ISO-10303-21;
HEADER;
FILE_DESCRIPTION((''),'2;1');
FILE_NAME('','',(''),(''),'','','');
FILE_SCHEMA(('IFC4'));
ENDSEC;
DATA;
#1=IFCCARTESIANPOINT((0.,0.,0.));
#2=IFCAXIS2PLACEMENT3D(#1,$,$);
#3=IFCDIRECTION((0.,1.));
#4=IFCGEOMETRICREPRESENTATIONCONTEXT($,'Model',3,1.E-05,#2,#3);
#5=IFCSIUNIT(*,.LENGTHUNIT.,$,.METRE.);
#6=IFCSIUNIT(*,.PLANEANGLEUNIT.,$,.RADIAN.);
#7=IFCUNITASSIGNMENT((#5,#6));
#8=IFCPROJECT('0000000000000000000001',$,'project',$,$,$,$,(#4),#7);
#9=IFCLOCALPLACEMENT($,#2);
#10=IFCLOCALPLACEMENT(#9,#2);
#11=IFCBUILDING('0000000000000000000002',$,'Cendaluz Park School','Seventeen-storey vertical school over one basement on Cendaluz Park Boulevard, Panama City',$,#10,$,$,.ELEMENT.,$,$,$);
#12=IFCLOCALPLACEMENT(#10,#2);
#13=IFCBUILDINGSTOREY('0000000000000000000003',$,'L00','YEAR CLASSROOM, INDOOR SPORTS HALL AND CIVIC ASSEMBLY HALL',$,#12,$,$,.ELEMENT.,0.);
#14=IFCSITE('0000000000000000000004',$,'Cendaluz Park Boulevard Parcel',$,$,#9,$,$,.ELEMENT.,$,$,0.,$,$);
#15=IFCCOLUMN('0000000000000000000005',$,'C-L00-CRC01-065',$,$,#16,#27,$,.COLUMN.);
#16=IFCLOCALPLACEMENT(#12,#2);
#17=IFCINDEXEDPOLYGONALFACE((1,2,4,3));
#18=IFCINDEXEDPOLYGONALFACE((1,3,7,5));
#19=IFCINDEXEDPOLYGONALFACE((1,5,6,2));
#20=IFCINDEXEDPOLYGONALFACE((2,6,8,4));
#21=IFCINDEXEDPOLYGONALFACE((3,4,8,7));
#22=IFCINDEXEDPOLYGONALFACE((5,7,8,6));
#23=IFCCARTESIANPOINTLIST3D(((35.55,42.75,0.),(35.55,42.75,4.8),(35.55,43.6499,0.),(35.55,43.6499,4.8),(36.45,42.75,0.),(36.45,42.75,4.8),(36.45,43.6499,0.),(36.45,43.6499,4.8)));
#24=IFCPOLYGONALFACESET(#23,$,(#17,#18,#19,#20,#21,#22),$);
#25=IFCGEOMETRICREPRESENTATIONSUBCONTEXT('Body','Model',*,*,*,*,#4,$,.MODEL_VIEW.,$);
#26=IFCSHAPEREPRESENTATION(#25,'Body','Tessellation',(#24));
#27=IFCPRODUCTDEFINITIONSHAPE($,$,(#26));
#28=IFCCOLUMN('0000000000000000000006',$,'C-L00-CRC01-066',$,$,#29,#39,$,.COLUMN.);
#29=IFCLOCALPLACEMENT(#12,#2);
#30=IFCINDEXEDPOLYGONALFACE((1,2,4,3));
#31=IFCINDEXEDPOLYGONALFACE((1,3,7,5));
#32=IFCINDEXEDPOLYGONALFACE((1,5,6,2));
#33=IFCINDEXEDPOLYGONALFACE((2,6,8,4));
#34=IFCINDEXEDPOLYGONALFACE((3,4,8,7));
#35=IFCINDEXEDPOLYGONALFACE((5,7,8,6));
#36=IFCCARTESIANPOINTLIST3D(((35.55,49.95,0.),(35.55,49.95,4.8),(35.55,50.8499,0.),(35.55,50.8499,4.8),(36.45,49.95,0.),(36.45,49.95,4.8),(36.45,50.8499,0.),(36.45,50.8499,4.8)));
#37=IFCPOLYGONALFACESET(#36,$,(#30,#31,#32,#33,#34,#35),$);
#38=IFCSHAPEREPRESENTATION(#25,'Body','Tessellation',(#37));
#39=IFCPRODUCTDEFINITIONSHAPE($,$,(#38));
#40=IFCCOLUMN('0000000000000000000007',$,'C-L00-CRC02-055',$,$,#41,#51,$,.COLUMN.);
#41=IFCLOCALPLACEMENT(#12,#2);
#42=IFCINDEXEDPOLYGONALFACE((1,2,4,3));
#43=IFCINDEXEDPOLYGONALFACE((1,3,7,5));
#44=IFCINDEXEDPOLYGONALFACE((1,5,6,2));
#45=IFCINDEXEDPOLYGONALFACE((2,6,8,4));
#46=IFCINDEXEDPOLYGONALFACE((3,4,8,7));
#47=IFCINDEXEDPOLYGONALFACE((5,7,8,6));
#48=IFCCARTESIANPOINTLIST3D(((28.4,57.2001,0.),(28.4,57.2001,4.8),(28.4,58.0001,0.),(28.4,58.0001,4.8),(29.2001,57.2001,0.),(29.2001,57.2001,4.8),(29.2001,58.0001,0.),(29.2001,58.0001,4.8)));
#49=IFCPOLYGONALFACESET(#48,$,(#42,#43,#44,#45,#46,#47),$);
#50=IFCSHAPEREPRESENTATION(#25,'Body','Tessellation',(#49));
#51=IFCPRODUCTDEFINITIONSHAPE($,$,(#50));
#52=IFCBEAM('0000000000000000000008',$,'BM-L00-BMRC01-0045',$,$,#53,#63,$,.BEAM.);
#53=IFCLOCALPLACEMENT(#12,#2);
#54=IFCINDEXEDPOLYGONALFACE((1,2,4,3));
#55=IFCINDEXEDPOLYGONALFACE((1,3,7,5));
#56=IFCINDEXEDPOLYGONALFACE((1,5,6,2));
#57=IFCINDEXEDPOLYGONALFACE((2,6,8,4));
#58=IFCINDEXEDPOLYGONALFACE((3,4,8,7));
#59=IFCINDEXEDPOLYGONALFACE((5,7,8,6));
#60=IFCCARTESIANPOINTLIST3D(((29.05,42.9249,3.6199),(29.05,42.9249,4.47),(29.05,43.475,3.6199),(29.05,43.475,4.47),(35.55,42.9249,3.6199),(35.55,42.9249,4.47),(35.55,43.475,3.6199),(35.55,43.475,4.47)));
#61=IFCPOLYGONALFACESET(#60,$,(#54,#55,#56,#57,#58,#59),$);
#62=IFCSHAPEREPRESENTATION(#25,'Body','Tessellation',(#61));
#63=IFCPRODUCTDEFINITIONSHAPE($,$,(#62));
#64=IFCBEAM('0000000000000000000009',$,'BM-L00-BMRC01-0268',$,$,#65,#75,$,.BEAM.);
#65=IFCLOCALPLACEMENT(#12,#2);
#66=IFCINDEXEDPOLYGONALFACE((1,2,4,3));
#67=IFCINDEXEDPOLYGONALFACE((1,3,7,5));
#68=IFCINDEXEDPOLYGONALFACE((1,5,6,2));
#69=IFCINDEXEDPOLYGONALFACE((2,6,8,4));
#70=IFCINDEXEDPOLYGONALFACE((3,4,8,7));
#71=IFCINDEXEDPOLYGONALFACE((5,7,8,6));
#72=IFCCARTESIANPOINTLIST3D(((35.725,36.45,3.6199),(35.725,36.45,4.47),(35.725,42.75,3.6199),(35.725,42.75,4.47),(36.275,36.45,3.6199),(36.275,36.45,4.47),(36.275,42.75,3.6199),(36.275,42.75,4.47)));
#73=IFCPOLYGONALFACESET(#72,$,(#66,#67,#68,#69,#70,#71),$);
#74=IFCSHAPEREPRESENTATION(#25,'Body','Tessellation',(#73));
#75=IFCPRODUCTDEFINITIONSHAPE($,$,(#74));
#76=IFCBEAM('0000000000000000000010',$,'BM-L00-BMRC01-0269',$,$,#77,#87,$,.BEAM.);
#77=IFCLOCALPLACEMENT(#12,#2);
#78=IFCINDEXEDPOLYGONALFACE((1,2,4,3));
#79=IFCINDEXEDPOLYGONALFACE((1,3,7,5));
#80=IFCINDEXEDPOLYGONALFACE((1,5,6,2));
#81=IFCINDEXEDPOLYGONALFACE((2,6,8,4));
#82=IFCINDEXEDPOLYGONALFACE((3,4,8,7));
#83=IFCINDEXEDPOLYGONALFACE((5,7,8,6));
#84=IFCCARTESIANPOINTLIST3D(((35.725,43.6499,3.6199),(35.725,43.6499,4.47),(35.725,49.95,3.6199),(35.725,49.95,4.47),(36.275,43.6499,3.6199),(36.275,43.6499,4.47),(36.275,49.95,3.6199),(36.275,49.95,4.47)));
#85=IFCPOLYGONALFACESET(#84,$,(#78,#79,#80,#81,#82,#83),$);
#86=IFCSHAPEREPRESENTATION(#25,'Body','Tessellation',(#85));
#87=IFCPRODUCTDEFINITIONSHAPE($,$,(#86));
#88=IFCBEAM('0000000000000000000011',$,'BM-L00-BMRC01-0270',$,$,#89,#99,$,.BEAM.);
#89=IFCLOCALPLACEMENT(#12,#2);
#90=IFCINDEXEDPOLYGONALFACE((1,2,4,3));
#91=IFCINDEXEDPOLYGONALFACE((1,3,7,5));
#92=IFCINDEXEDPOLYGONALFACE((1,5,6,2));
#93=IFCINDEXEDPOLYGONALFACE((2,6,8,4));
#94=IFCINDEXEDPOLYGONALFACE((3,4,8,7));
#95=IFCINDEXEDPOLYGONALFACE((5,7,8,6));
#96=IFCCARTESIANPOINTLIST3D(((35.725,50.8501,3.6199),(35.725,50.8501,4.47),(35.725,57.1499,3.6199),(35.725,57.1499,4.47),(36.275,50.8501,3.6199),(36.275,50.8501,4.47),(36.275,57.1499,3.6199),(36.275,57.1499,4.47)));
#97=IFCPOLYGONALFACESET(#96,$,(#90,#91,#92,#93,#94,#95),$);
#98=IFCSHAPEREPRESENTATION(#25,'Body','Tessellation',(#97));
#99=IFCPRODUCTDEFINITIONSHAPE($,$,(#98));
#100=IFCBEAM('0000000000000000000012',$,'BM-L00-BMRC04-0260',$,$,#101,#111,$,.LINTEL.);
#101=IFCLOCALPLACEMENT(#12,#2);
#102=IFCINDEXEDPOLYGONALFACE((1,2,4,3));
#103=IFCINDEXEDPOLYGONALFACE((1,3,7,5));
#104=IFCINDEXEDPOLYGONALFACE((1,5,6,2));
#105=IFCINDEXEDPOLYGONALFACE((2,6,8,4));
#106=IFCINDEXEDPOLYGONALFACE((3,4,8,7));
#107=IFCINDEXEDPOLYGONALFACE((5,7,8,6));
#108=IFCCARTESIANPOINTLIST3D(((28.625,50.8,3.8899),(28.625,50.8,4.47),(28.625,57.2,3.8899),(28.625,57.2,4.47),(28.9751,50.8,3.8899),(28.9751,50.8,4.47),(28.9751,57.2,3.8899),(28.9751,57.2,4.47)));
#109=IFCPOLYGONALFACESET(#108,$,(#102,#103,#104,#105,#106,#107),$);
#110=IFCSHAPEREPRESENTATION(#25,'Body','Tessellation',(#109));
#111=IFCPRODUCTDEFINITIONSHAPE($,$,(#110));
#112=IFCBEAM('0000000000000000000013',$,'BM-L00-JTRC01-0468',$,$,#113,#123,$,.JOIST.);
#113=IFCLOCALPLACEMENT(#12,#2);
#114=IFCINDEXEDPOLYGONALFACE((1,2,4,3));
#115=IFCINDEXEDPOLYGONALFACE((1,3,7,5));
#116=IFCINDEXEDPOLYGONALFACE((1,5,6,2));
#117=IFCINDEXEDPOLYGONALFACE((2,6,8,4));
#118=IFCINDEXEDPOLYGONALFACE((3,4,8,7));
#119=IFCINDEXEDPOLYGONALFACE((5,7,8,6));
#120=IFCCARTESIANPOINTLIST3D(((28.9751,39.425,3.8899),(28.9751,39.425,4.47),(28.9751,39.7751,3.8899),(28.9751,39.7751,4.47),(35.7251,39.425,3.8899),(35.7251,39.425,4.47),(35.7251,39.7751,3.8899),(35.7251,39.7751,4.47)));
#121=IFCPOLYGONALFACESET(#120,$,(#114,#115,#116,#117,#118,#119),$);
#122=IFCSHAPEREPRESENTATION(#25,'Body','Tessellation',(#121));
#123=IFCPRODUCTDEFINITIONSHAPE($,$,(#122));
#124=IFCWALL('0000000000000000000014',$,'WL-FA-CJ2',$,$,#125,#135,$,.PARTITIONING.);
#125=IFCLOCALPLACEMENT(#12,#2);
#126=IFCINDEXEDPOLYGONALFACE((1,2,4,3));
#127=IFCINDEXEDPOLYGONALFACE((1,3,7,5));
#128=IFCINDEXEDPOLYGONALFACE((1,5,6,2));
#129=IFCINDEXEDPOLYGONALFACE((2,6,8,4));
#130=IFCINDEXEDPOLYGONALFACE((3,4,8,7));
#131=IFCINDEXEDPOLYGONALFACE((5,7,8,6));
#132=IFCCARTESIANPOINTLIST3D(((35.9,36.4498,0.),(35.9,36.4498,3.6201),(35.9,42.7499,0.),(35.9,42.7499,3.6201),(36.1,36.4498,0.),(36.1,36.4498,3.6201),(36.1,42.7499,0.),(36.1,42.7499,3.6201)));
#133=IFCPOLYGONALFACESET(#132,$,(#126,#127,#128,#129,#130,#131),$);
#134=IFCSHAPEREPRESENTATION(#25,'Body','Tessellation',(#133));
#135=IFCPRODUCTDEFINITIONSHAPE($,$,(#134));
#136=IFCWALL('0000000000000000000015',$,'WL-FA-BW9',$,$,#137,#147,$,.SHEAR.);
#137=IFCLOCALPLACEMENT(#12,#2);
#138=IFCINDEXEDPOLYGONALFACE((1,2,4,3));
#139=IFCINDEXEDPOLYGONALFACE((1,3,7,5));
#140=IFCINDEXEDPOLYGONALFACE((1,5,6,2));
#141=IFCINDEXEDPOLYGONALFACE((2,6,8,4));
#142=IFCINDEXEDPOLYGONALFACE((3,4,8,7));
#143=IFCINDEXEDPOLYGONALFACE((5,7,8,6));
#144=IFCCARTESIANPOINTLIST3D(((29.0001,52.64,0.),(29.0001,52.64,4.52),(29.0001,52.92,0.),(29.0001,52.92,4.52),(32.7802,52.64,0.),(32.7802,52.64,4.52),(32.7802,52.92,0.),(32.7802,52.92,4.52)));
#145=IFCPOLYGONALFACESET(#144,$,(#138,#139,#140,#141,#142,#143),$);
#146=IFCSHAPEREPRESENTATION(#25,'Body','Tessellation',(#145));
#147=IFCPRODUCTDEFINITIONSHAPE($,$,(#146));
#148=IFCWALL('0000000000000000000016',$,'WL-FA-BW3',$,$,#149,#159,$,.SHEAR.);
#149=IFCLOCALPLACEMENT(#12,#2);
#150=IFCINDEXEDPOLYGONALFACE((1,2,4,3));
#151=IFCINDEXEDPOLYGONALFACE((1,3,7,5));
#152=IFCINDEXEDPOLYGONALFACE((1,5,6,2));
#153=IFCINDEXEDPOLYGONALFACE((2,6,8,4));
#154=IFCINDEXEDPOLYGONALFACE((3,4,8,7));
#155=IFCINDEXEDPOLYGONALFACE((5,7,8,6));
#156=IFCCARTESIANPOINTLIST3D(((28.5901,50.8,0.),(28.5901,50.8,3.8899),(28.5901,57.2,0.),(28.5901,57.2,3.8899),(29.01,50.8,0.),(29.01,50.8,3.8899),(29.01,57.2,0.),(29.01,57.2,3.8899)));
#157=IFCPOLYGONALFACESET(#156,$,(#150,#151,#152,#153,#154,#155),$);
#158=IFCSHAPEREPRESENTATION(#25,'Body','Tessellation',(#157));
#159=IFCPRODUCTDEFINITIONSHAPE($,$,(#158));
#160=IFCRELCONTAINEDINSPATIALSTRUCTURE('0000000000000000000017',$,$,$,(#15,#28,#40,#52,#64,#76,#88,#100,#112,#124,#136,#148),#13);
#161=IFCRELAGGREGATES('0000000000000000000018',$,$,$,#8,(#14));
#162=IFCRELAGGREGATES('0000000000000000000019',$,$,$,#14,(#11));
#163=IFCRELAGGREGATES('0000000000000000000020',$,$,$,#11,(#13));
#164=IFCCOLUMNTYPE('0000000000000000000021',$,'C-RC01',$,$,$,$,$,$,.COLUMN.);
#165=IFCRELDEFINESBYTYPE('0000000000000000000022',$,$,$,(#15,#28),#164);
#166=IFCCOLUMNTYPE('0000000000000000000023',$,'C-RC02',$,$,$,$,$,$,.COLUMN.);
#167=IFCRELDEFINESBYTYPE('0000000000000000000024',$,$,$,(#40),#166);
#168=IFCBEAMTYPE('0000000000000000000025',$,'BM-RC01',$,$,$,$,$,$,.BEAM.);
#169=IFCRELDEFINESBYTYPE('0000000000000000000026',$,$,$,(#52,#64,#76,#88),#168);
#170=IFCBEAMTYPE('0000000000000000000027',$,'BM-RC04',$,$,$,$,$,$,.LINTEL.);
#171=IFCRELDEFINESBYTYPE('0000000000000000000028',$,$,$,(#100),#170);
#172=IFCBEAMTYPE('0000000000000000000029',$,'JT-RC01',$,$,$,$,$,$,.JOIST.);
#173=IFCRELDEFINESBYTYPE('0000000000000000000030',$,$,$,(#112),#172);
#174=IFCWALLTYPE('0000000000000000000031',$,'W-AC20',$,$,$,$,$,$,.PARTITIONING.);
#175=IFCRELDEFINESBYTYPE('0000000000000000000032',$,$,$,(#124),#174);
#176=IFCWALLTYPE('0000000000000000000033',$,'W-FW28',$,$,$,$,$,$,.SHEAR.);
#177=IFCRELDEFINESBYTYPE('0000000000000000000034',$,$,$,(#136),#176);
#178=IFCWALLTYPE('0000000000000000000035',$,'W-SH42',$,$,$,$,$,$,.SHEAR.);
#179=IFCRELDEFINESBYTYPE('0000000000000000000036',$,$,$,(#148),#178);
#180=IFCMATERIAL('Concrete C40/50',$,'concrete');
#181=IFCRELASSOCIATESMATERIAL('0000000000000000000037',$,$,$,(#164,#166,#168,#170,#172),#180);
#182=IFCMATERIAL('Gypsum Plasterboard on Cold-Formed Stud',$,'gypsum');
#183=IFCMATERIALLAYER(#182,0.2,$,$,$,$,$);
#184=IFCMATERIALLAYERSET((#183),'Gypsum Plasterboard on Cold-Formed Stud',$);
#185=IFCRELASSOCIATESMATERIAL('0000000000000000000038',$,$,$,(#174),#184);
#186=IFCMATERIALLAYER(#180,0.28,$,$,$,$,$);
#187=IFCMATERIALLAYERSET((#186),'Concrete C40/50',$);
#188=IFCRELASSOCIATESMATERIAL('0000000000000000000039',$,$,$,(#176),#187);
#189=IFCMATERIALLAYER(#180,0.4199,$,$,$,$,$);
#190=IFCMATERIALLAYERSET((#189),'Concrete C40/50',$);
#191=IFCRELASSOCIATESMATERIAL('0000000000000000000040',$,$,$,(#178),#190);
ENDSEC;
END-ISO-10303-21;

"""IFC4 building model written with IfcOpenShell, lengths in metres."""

from ifc_helpers import new_model, si_unit, direction, frame, frame_2d, origin, origin_2d, place, context, subcontext, project, spatial, rectangle, extrude, material, layer, layer_set, material_profile, profile_set, type_object, element, save


model = new_model("IFC4")

# Units and contexts
model_context = context("Model", 3, precision=1e-05, world=origin(), true_north=direction((0.0, 1.0)))
body_context = subcontext(model_context, "Body", "Model", "MODEL_VIEW")
ifc_project = project(units=[si_unit("LENGTHUNIT", "METRE"), si_unit("PLANEANGLEUNIT", "RADIAN")], contexts=[model_context])

# Site, building, storey
site_placement = place(None, origin())
site = spatial("IfcSite", under=ifc_project, at=site_placement, Name="Cendaluz Park Boulevard Parcel", CompositionType="ELEMENT", RefElevation=0.0)
building_placement = place(site_placement, origin())
building = spatial("IfcBuilding", under=site, at=building_placement, Name="Cendaluz Park School", Description="Seventeen-storey vertical school over one basement on Cendaluz Park Boulevard, Panama City", CompositionType="ELEMENT")
storey_placement = place(building_placement, origin())
storey = spatial("IfcBuildingStorey", under=building, at=storey_placement, Name="L00", Description="YEAR CLASSROOM, INDOOR SPORTS HALL AND CIVIC ASSEMBLY HALL", CompositionType="ELEMENT", Elevation=0.0)

# Columns
ifc_material_1 = material(Name="Concrete C40/50", Category="concrete")
ifc_material_profile_1 = material_profile(ifc_material_1, rectangle(XDim=0.8999, YDim=0.8999, at=origin_2d()), Name="RC 900x900", Category="concrete")
ifc_profile_set_1 = profile_set([ifc_material_profile_1], Name="Concrete C40/50")
column_type_1 = type_object("IfcColumnType", Name="C-RC01", PredefinedType="COLUMN", material=ifc_profile_set_1)
for number, where, z_axis, x_axis, name in (
    (1, (36.0, 43.2, 0.0), (0.0, 0.0, 1.0), (1.0, 0.0, 0.0), "C-L00-CRC01-065"),
    (2, (36.0, 50.3999, 0.0), (0.0, 0.0, 1.0), (1.0, 0.0, 0.0), "C-L00-CRC01-066"),
):
    element("IfcColumn", number, at=place(storey_placement, frame(where, z_axis=z_axis, x_axis=x_axis)), inside=storey, type_object=column_type_1, Name=name, PredefinedType="COLUMN", context=body_context, shape_type="SweptSolid", body=[
        extrude(rectangle(XDim=0.8999, YDim=0.8999, at=origin_2d()), origin(), (0.0, 0.0, 1.0), 4.8),
    ])
ifc_material_profile_2 = material_profile(ifc_material_1, rectangle(XDim=0.8, YDim=0.8, at=origin_2d()), Name="RC 800x800", Category="concrete")
ifc_profile_set_2 = profile_set([ifc_material_profile_2], Name="Concrete C40/50")
column_type_2 = type_object("IfcColumnType", Name="C-RC02", PredefinedType="COLUMN", material=ifc_profile_set_2)
column_placement = place(storey_placement, frame((28.8, 57.6001, 0.0), z_axis=(0.0, 0.0, 1.0), x_axis=(1.0, 0.0, 0.0)))
element("IfcColumn", 3, at=column_placement, inside=storey, type_object=column_type_2, Name="C-L00-CRC02-055", PredefinedType="COLUMN", context=body_context, shape_type="SweptSolid", body=[
    extrude(rectangle(XDim=0.8, YDim=0.8, at=origin_2d()), origin(), (0.0, 0.0, 1.0), 4.8),
])

# Beams
ifc_material_profile_3 = material_profile(ifc_material_1, rectangle(XDim=0.55, YDim=0.8501, at=origin_2d()), Name="RC 550x850", Category="concrete")
ifc_profile_set_3 = profile_set([ifc_material_profile_3], Name="Concrete C40/50")
beam_type_1 = type_object("IfcBeamType", Name="BM-RC01", PredefinedType="BEAM", material=ifc_profile_set_3)
beam_1_placement = place(storey_placement, frame((29.05, 43.2, 4.0449), z_axis=(1.0, 0.0, 0.0), x_axis=(0.0, 1.0, 0.0)))
element("IfcBeam", 4, at=beam_1_placement, inside=storey, type_object=beam_type_1, Name="BM-L00-BMRC01-0045", PredefinedType="BEAM", context=body_context, shape_type="SweptSolid", body=[
    extrude(rectangle(XDim=0.55, YDim=0.8501, at=origin_2d()), origin(), (0.0, 0.0, 1.0), 6.5),
])
for number, where, z_axis, x_axis, name in (
    (5, (36.0, 36.45, 4.0449), (0.0, 1.0, 0.0), (-1.0, 0.0, 0.0), "BM-L00-BMRC01-0268"),
    (6, (36.0, 43.6499, 4.0449), (0.0, 1.0, 0.0), (-1.0, 0.0, 0.0), "BM-L00-BMRC01-0269"),
):
    element("IfcBeam", number, at=place(storey_placement, frame(where, z_axis=z_axis, x_axis=x_axis)), inside=storey, type_object=beam_type_1, Name=name, PredefinedType="BEAM", context=body_context, shape_type="SweptSolid", body=[
        extrude(rectangle(XDim=0.55, YDim=0.8501, at=origin_2d()), origin(), (0.0, 0.0, 1.0), 6.3),
    ])
beam_2_placement = place(storey_placement, frame((36.0, 50.8501, 4.0449), z_axis=(0.0, 1.0, 0.0), x_axis=(-1.0, 0.0, 0.0)))
element("IfcBeam", 7, at=beam_2_placement, inside=storey, type_object=beam_type_1, Name="BM-L00-BMRC01-0270", PredefinedType="BEAM", context=body_context, shape_type="SweptSolid", body=[
    extrude(rectangle(XDim=0.55, YDim=0.8501, at=origin_2d()), origin(), (0.0, 0.0, 1.0), 6.2998),
])
ifc_material_profile_4 = material_profile(ifc_material_1, rectangle(XDim=0.3501, YDim=0.5801, at=origin_2d()), Name="RC 350x580", Category="concrete")
ifc_profile_set_4 = profile_set([ifc_material_profile_4], Name="Concrete C40/50")
beam_type_2 = type_object("IfcBeamType", Name="BM-RC04", PredefinedType="LINTEL", material=ifc_profile_set_4)
beam_3_placement = place(storey_placement, frame((28.8, 50.8, 4.1799), z_axis=(0.0, 1.0, 0.0), x_axis=(-1.0, 0.0, 0.0)))
element("IfcBeam", 8, at=beam_3_placement, inside=storey, type_object=beam_type_2, Name="BM-L00-BMRC04-0260", PredefinedType="LINTEL", context=body_context, shape_type="SweptSolid", body=[
    extrude(rectangle(XDim=0.3501, YDim=0.5801, at=origin_2d()), origin(), (0.0, 0.0, 1.0), 6.3999),
])
ifc_material_profile_5 = material_profile(ifc_material_1, rectangle(XDim=0.3501, YDim=0.5801, at=origin_2d()), Name="RC 350x580", Category="concrete")
ifc_profile_set_5 = profile_set([ifc_material_profile_5], Name="Concrete C40/50")
beam_type_3 = type_object("IfcBeamType", Name="JT-RC01", PredefinedType="JOIST", material=ifc_profile_set_5)
beam_4_placement = place(storey_placement, frame((28.9751, 39.6001, 4.1799), z_axis=(1.0, 0.0, 0.0), x_axis=(0.0, 1.0, 0.0)))
element("IfcBeam", 9, at=beam_4_placement, inside=storey, type_object=beam_type_3, Name="BM-L00-JTRC01-0468", PredefinedType="JOIST", context=body_context, shape_type="SweptSolid", body=[
    extrude(rectangle(XDim=0.3501, YDim=0.5801, at=origin_2d()), origin(), (0.0, 0.0, 1.0), 6.75),
])

# Wall
ifc_material_2 = material(Name="Gypsum Plasterboard on Cold-Formed Stud", Category="gypsum")
ifc_layer_1 = layer(ifc_material_2, 0.2)
ifc_layer_set_1 = layer_set([ifc_layer_1], Name="Gypsum Plasterboard on Cold-Formed Stud")
wall_type_1 = type_object("IfcWallType", Name="W-AC20", PredefinedType="PARTITIONING", material=ifc_layer_set_1)
wall_1_placement = place(storey_placement, frame((36.0, 36.45, 0.0), z_axis=(0.0, 0.0, 1.0), x_axis=(0.0, 1.0, 0.0)))
element("IfcWall", 10, at=wall_1_placement, inside=storey, type_object=wall_type_1, Name="WL-FA-CJ2", PredefinedType="PARTITIONING", context=body_context, shape_type="SweptSolid", body=[
    extrude(rectangle(XDim=6.3, YDim=0.2, at=frame_2d((3.1499, 0.0))), origin(), (0.0, 0.0, 1.0), 3.6201),
])

# Shared definitions
ifc_layer_2 = layer(ifc_material_1, 0.28)
ifc_layer_set_2 = layer_set([ifc_layer_2], Name="Concrete C40/50")
wall_type_2 = type_object("IfcWallType", Name="W-FW28", PredefinedType="SHEAR", material=ifc_layer_set_2)

# Wall
wall_2_placement = place(storey_placement, frame((29.0, 52.78, 0.0), z_axis=(0.0, 0.0, 1.0), x_axis=(1.0, 0.0, 0.0)))
element("IfcWall", 11, at=wall_2_placement, inside=storey, type_object=wall_type_2, Name="WL-FA-BW9", PredefinedType="SHEAR", context=body_context, shape_type="SweptSolid", body=[
    extrude(rectangle(XDim=3.78, YDim=0.28, at=frame_2d((1.8901, 0.0))), origin(), (0.0, 0.0, 1.0), 4.52),
])

# Wall
ifc_layer_3 = layer(ifc_material_1, 0.4199)
ifc_layer_set_3 = layer_set([ifc_layer_3], Name="Concrete C40/50")
wall_type_3 = type_object("IfcWallType", Name="W-SH42", PredefinedType="SHEAR", material=ifc_layer_set_3)
wall_3_placement = place(storey_placement, frame((28.8, 50.8, 0.0), z_axis=(0.0, 0.0, 1.0), x_axis=(0.0, 1.0, 0.0)))
element("IfcWall", 12, at=wall_3_placement, inside=storey, type_object=wall_type_3, Name="WL-FA-BW3", PredefinedType="SHEAR", context=body_context, shape_type="SweptSolid", body=[
    extrude(rectangle(XDim=6.3999, YDim=0.4199, at=frame_2d((3.2, 0.0))), origin(), (0.0, 0.0, 1.0), 3.8899),
])

save(model, "model.ifc")
